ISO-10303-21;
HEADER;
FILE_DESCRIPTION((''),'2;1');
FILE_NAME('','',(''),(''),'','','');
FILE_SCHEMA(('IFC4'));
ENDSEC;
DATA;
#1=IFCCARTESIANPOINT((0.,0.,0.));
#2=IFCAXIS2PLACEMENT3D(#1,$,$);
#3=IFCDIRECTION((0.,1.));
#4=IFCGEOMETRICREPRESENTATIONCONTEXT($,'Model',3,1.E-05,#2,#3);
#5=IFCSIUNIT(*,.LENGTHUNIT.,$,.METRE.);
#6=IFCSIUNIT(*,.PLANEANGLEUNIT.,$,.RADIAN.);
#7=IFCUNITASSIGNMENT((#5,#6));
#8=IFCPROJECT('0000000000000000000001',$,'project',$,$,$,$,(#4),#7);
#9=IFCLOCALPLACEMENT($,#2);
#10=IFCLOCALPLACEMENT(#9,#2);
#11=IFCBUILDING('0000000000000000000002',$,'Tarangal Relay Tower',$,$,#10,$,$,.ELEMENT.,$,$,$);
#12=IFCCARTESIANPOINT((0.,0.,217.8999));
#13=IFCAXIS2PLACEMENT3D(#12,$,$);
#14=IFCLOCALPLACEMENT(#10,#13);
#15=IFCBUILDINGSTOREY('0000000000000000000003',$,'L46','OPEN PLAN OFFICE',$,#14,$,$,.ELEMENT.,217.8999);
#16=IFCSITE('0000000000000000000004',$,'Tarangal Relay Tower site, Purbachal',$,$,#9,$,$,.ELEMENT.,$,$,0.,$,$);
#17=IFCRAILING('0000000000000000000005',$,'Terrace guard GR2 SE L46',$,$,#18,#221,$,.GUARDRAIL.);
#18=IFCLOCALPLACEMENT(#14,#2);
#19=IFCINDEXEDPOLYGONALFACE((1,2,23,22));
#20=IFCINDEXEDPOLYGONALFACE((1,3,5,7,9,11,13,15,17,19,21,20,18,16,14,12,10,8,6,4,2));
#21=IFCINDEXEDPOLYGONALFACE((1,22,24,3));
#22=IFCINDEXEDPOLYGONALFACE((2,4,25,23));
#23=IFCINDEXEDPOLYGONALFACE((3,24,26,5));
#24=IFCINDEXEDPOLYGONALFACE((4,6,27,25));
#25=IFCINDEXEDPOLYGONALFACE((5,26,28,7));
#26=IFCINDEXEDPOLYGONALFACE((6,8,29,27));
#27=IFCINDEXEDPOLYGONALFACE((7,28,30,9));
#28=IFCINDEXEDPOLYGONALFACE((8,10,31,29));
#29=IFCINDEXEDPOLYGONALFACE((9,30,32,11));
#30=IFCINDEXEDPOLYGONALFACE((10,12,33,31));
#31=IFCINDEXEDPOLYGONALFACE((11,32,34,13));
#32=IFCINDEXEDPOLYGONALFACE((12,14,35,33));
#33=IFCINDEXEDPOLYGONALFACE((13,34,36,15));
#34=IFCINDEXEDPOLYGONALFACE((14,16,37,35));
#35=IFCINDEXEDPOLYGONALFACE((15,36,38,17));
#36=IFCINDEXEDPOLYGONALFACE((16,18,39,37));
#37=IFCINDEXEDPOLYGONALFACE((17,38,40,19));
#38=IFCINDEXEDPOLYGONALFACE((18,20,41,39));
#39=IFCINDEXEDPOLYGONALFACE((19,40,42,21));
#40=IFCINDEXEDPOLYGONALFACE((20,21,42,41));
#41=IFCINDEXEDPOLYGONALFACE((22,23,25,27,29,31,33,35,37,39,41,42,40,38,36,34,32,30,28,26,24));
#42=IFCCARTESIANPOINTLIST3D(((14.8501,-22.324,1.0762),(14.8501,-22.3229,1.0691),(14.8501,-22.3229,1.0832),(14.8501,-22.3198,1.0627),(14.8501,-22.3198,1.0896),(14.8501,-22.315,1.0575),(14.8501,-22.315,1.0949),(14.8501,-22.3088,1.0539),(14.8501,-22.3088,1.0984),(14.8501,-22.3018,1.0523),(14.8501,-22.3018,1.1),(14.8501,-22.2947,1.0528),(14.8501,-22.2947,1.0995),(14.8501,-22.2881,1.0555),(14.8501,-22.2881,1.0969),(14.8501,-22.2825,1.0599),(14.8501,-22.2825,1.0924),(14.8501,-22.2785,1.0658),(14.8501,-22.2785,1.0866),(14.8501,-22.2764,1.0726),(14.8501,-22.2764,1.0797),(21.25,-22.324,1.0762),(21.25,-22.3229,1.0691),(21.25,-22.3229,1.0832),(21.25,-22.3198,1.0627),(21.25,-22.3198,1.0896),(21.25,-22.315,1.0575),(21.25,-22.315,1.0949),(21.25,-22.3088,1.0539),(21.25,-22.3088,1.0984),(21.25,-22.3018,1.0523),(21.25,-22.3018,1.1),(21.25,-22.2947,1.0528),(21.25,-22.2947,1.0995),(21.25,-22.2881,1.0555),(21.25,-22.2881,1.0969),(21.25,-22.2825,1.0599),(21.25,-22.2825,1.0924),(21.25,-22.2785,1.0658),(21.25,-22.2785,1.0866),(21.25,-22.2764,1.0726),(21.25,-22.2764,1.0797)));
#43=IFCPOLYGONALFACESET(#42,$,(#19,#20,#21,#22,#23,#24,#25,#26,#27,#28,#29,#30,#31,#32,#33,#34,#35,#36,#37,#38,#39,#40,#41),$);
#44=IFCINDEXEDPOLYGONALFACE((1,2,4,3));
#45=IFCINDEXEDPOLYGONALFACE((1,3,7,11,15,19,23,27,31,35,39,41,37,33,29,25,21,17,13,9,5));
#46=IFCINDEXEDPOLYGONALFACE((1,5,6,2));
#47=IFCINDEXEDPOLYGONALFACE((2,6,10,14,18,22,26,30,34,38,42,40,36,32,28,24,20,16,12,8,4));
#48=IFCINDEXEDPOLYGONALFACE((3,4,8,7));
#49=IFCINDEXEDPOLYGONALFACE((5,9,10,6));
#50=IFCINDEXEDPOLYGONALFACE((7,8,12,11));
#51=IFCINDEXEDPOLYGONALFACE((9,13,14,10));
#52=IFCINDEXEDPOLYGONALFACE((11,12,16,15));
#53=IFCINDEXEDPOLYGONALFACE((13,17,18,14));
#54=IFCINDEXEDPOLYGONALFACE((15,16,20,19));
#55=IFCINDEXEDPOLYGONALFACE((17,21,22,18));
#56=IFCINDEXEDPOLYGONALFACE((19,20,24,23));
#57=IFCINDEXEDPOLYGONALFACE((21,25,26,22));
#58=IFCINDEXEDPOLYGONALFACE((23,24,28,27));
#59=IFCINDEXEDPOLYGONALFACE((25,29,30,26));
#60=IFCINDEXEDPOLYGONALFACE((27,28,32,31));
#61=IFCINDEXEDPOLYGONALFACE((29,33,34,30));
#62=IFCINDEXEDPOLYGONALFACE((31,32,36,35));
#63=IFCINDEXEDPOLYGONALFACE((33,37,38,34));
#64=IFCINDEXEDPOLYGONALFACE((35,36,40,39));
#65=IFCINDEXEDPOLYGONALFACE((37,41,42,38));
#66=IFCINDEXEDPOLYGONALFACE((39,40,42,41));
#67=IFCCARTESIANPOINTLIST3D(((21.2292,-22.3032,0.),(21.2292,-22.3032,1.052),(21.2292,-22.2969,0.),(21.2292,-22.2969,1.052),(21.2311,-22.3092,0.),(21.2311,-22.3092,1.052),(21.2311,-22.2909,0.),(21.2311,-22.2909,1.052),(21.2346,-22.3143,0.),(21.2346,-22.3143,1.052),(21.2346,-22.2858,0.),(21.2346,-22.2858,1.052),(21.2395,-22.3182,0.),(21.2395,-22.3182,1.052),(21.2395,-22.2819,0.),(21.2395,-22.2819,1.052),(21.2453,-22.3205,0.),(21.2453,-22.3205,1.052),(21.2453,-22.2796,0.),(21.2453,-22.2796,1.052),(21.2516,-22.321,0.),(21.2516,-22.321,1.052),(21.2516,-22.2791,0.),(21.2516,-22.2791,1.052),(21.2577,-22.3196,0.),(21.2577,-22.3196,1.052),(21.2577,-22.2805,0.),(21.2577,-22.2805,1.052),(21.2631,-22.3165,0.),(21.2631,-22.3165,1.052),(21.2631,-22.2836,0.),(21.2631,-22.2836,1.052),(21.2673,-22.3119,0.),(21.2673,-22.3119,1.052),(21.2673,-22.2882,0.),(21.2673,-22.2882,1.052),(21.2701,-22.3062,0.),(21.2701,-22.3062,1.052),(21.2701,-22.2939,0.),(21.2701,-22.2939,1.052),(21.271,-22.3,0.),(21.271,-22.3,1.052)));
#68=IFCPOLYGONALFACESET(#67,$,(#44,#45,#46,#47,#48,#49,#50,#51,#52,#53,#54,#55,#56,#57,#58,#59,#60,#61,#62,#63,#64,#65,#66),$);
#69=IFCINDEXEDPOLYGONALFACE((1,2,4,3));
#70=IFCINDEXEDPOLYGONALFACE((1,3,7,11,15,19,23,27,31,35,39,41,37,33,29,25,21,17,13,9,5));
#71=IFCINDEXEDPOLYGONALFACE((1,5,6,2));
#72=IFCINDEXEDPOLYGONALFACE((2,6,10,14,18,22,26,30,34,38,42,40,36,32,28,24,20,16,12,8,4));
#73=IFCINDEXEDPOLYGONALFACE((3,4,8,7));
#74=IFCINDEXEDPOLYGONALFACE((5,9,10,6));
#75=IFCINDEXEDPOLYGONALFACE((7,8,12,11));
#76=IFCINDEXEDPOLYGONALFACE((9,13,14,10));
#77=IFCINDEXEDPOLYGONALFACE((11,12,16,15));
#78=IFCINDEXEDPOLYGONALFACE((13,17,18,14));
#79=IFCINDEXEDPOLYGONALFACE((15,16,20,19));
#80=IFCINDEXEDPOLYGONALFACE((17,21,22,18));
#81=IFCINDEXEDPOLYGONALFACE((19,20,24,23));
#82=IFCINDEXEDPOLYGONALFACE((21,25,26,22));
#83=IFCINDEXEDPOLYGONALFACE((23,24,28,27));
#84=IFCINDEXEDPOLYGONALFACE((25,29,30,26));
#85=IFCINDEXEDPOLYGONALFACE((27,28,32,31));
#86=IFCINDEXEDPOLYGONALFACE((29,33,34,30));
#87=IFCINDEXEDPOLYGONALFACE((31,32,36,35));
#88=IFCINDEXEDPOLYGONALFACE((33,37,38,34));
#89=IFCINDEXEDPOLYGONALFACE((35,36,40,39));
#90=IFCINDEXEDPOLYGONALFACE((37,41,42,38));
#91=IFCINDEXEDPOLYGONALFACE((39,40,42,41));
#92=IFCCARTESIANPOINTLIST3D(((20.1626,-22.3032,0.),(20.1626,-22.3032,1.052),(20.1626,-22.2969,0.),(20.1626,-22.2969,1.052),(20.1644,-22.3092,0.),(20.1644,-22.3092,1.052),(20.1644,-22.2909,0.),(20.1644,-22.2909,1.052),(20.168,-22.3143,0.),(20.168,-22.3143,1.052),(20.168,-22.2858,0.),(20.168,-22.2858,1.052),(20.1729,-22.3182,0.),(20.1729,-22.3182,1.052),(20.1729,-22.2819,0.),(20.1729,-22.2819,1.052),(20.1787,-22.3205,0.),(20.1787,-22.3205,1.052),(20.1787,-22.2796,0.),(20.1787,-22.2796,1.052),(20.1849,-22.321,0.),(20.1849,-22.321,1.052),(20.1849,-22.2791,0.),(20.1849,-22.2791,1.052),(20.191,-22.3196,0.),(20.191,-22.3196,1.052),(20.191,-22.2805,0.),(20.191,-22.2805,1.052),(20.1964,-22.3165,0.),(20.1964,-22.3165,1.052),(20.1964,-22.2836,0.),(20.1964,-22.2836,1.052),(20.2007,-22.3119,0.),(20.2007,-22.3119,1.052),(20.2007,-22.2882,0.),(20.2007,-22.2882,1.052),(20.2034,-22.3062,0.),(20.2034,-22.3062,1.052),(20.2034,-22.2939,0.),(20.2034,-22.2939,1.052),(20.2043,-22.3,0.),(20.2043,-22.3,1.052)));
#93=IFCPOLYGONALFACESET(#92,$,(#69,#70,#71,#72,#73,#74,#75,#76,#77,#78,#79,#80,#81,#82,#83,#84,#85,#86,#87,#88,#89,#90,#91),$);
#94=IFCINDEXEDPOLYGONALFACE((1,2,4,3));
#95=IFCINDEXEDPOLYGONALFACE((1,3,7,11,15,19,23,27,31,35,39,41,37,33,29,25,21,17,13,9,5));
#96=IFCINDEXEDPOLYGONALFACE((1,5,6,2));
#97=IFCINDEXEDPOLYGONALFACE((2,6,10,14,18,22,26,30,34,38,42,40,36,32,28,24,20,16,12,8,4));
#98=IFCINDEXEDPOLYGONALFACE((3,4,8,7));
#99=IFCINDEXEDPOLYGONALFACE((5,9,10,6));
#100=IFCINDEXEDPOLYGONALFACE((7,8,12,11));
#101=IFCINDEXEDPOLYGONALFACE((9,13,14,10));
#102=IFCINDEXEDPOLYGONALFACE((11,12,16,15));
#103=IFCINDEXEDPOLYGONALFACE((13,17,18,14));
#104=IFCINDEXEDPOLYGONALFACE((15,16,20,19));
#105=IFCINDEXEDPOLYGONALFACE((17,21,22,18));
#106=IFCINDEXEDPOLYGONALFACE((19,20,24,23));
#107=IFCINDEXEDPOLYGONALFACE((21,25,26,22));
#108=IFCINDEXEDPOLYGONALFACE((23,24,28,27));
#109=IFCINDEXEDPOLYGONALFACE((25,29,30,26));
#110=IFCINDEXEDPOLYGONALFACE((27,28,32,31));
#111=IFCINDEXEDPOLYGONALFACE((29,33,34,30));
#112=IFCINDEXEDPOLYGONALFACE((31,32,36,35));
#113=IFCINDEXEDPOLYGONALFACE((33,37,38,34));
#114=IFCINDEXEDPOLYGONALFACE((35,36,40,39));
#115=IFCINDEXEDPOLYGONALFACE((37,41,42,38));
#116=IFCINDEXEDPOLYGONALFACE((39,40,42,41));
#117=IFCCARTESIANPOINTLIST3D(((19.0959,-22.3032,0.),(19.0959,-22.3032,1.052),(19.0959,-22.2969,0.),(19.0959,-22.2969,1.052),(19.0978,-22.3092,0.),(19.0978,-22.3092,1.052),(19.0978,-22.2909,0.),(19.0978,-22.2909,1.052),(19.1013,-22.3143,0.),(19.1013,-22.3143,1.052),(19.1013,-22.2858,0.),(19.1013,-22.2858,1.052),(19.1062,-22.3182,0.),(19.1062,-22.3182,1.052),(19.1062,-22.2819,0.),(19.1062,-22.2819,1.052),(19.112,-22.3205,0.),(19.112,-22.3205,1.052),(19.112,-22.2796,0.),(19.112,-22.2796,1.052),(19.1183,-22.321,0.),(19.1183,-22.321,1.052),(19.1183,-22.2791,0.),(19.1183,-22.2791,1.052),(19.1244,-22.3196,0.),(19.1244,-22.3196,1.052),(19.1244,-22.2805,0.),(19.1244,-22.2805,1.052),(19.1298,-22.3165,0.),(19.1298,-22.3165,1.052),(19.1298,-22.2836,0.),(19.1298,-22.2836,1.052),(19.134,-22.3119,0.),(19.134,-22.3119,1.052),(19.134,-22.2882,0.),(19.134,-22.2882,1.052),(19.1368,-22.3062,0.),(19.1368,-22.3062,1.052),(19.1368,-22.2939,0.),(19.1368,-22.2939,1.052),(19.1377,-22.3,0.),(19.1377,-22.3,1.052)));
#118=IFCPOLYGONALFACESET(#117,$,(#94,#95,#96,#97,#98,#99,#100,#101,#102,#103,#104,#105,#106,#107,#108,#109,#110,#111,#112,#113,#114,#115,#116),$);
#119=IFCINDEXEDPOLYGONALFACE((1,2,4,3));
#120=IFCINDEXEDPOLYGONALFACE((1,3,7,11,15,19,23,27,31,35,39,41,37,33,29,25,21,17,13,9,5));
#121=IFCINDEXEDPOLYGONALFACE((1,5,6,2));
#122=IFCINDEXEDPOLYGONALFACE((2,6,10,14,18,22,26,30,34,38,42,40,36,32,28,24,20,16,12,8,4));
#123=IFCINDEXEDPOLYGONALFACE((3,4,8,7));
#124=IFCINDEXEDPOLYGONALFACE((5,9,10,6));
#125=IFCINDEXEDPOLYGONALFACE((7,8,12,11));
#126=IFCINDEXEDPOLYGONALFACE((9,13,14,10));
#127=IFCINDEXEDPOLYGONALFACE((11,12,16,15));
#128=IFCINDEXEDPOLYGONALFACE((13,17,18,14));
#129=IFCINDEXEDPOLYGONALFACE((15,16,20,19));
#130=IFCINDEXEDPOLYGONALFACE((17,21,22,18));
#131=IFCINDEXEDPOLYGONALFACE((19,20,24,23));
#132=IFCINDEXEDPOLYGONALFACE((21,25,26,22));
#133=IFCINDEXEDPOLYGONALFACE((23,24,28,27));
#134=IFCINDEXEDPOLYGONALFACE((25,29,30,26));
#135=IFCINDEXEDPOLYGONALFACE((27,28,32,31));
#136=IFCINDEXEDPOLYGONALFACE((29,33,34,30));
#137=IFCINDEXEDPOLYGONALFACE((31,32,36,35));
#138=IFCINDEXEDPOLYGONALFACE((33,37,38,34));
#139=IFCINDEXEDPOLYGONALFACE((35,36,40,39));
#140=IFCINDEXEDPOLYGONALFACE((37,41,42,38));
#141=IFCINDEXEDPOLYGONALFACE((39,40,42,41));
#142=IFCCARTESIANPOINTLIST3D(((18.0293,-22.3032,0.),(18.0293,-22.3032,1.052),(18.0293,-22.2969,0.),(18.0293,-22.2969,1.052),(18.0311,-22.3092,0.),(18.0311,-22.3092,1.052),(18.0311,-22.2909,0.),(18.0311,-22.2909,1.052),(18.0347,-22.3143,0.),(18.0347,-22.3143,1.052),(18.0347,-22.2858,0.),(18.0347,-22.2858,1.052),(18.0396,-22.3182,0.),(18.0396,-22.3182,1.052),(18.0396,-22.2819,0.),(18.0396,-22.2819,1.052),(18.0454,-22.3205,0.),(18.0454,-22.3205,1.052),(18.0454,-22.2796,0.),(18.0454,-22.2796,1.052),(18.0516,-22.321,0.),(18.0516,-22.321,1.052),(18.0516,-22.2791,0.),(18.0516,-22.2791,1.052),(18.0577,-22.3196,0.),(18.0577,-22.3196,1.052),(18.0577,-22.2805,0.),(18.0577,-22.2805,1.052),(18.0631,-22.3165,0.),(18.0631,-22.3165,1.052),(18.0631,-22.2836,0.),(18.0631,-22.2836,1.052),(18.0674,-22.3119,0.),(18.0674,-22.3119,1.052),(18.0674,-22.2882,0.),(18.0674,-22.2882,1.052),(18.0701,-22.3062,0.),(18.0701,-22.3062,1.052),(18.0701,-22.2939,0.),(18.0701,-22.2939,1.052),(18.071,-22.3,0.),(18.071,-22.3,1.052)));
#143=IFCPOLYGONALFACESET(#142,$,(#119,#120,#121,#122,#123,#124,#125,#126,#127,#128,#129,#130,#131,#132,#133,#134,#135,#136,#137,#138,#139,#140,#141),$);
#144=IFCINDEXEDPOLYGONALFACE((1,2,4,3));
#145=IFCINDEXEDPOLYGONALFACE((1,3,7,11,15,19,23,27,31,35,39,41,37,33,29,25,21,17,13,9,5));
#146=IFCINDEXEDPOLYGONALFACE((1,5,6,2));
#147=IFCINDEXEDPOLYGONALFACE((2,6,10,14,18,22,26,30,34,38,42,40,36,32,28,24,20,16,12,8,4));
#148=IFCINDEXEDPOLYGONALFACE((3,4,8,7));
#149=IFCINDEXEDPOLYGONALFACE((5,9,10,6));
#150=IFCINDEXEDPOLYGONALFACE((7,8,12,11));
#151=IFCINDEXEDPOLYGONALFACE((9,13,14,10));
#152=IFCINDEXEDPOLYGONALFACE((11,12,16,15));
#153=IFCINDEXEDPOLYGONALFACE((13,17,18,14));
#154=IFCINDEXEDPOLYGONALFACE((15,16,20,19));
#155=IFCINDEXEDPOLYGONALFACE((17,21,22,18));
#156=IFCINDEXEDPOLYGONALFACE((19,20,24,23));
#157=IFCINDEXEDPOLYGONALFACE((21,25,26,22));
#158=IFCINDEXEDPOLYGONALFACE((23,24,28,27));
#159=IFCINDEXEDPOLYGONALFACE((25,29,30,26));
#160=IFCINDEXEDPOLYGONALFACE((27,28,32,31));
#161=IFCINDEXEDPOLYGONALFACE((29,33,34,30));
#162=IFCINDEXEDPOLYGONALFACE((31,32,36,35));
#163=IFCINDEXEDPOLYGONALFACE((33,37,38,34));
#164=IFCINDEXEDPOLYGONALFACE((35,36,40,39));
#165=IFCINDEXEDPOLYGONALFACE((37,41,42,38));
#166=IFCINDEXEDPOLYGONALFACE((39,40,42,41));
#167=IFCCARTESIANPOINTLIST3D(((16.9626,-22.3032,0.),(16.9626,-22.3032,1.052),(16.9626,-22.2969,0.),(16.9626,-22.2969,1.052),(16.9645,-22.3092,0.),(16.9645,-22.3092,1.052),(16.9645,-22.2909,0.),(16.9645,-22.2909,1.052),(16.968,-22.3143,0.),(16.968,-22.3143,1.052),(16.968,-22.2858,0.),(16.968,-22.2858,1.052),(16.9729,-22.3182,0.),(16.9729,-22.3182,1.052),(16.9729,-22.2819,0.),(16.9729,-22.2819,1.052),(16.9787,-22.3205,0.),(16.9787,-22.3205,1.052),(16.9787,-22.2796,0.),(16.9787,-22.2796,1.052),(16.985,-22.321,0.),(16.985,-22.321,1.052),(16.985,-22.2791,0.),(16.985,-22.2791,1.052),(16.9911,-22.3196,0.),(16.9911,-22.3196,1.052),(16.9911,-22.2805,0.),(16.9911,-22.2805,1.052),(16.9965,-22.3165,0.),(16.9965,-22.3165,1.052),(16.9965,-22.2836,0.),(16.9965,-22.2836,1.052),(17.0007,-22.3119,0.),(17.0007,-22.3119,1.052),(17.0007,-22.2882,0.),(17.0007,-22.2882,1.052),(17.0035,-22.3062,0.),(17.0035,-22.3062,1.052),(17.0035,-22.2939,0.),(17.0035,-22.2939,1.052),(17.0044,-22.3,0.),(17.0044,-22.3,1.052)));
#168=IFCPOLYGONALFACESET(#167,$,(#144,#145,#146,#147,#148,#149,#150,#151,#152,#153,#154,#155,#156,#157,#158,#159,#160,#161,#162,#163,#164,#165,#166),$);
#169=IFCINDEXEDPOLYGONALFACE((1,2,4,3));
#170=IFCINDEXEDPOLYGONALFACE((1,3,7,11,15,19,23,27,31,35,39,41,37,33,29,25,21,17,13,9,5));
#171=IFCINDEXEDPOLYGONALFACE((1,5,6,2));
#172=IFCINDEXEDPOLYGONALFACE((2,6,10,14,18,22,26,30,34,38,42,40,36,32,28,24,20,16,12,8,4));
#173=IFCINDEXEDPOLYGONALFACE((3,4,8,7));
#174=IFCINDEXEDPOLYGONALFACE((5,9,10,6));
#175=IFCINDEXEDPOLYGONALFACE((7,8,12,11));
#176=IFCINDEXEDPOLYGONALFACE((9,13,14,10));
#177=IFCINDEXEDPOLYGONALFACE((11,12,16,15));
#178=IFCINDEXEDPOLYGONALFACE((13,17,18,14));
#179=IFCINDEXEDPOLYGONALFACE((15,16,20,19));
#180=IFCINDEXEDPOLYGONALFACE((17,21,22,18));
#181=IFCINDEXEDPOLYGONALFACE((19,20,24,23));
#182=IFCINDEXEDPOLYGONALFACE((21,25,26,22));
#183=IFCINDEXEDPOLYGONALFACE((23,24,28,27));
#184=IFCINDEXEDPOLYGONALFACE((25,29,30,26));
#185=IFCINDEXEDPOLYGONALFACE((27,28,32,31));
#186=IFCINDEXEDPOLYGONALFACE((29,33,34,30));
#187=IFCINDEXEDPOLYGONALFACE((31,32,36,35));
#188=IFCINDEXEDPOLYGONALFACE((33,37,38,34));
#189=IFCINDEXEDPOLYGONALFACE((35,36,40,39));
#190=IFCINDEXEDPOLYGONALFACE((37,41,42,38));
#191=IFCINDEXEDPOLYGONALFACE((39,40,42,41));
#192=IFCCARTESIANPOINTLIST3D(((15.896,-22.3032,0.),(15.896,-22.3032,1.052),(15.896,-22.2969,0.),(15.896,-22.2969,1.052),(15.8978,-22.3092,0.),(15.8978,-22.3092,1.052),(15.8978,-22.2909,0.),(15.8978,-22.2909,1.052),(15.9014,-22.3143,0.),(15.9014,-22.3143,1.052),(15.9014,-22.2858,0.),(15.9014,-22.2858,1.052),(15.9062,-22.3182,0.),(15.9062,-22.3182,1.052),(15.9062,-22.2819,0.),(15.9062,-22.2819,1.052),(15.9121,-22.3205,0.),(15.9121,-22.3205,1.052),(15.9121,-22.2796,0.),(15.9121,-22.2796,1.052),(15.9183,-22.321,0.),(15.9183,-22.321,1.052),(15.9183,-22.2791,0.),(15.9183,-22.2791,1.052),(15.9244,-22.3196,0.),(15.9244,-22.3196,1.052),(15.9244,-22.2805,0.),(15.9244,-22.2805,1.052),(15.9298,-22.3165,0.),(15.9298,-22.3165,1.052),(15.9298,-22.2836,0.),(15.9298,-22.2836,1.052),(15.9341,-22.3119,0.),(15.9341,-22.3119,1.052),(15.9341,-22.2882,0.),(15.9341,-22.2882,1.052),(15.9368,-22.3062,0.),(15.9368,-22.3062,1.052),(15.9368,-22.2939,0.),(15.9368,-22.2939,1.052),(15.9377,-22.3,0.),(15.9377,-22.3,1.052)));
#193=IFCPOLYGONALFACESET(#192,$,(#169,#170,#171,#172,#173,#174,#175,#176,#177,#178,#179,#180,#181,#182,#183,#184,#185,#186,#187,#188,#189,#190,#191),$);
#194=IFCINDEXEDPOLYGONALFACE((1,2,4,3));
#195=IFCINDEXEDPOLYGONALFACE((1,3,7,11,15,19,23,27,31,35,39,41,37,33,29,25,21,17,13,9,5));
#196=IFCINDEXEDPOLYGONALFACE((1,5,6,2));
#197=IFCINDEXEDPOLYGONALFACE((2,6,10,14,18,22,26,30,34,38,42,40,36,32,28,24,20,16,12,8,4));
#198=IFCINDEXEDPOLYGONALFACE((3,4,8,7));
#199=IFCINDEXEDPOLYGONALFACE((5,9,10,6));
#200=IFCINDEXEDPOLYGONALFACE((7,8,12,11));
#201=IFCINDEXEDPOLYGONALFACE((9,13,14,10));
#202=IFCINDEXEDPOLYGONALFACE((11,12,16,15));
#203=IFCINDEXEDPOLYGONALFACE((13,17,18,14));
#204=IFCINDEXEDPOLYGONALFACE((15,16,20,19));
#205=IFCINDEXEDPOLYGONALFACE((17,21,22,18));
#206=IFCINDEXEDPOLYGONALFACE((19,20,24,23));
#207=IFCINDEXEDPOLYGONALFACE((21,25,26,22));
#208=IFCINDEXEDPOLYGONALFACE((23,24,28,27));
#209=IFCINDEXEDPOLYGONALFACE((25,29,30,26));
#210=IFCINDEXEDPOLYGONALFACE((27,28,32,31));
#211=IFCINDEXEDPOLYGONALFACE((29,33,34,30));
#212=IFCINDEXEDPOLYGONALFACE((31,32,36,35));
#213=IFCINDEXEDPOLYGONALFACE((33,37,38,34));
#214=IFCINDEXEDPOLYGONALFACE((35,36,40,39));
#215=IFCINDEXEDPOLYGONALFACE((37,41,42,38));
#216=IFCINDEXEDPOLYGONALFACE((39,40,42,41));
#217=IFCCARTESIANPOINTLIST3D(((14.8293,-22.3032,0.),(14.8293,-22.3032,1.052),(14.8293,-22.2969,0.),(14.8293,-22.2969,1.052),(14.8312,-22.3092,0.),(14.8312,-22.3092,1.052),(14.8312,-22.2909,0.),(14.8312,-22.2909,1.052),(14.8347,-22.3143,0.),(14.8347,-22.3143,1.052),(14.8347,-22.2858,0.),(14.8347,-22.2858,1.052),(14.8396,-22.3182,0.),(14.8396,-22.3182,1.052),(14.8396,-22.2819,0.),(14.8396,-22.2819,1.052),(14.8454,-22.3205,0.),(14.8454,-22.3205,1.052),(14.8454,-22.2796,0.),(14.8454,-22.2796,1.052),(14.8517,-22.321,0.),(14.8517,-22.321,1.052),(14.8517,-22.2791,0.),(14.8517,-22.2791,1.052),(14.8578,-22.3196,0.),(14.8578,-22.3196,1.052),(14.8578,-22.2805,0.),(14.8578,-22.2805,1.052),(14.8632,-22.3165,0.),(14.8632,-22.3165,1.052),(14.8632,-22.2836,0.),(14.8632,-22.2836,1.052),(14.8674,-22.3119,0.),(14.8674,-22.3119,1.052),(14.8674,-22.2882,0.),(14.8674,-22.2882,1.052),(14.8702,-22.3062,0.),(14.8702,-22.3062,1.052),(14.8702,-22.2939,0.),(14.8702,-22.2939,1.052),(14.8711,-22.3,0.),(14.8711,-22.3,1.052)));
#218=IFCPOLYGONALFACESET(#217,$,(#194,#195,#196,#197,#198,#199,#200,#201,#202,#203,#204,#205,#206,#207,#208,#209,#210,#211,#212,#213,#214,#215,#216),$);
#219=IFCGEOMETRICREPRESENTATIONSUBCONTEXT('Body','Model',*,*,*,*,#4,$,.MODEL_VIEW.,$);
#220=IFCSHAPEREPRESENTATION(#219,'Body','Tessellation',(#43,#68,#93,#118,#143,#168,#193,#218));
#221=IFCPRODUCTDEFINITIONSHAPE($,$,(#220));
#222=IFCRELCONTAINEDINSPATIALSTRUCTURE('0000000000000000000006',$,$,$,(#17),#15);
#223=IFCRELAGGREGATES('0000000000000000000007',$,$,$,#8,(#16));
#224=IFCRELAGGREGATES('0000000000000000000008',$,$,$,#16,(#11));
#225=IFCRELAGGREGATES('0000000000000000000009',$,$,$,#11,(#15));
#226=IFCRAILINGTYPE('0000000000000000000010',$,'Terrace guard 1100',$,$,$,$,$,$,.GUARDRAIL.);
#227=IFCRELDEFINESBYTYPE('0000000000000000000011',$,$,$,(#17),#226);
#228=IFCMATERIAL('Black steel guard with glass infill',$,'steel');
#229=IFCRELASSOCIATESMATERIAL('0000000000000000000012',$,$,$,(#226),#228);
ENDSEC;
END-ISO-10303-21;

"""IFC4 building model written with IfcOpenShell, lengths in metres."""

from ifc_helpers import new_model, si_unit, direction, frame, origin, origin_2d, place, context, subcontext, project, spatial, circle, extrude, material, type_object, element, save


model = new_model("IFC4")

# Units and contexts
model_context = context("Model", 3, precision=1e-05, world=origin(), true_north=direction((0.0, 1.0)))
body_context = subcontext(model_context, "Body", "Model", "MODEL_VIEW")
ifc_project = project(units=[si_unit("LENGTHUNIT", "METRE"), si_unit("PLANEANGLEUNIT", "RADIAN")], contexts=[model_context])

# Site, building, storey
site_placement = place(None, origin())
site = spatial("IfcSite", under=ifc_project, at=site_placement, Name="Tarangal Relay Tower site, Purbachal", CompositionType="ELEMENT", RefElevation=0.0)
building_placement = place(site_placement, origin())
building = spatial("IfcBuilding", under=site, at=building_placement, Name="Tarangal Relay Tower", CompositionType="ELEMENT")
storey_placement = place(building_placement, frame((0.0, 0.0, 217.8999)))
storey = spatial("IfcBuildingStorey", under=building, at=storey_placement, Name="L46", Description="OPEN PLAN OFFICE", CompositionType="ELEMENT", Elevation=217.8999)

# Railing
ifc_material_1 = material(Name="Black steel guard with glass infill", Category="steel")
railing_type = type_object("IfcRailingType", Name="Terrace guard 1100", PredefinedType="GUARDRAIL", material=ifc_material_1)
railing_1_placement = place(storey_placement, frame((21.25, -22.3, 0.0)))
element("IfcRailing", 1, at=railing_1_placement, inside=storey, type_object=railing_type, Name="Terrace guard GR2 SE L46", PredefinedType="GUARDRAIL", context=body_context, shape_type="SweptSolid", body=[
    extrude(circle(Radius=0.0239, at=origin_2d()), frame((0.0, 0.0, 1.0762), z_axis=(-1.0, 0.0, 0.0), x_axis=(0.0, -1.0, 0.0)), (0.0, 0.0, 1.0), 6.3999),
    extrude(circle(Radius=0.021, at=origin_2d()), origin(), (0.0, 0.0, 1.0), 1.052),
    extrude(circle(Radius=0.021, at=origin_2d()), frame((-1.0667, 0.0, 0.0)), (0.0, 0.0, 1.0), 1.052),
    extrude(circle(Radius=0.021, at=origin_2d()), frame((-2.1333, 0.0, 0.0)), (0.0, 0.0, 1.0), 1.052),
    extrude(circle(Radius=0.021, at=origin_2d()), frame((-3.2, 0.0, 0.0)), (0.0, 0.0, 1.0), 1.052),
    extrude(circle(Radius=0.021, at=origin_2d()), frame((-4.2666, 0.0, 0.0)), (0.0, 0.0, 1.0), 1.052),
    extrude(circle(Radius=0.021, at=origin_2d()), frame((-5.3333, 0.0, 0.0)), (0.0, 0.0, 1.0), 1.052),
    extrude(circle(Radius=0.021, at=origin_2d()), frame((-6.3999, 0.0, 0.0)), (0.0, 0.0, 1.0), 1.052),
])

save(model, "model.ifc")
